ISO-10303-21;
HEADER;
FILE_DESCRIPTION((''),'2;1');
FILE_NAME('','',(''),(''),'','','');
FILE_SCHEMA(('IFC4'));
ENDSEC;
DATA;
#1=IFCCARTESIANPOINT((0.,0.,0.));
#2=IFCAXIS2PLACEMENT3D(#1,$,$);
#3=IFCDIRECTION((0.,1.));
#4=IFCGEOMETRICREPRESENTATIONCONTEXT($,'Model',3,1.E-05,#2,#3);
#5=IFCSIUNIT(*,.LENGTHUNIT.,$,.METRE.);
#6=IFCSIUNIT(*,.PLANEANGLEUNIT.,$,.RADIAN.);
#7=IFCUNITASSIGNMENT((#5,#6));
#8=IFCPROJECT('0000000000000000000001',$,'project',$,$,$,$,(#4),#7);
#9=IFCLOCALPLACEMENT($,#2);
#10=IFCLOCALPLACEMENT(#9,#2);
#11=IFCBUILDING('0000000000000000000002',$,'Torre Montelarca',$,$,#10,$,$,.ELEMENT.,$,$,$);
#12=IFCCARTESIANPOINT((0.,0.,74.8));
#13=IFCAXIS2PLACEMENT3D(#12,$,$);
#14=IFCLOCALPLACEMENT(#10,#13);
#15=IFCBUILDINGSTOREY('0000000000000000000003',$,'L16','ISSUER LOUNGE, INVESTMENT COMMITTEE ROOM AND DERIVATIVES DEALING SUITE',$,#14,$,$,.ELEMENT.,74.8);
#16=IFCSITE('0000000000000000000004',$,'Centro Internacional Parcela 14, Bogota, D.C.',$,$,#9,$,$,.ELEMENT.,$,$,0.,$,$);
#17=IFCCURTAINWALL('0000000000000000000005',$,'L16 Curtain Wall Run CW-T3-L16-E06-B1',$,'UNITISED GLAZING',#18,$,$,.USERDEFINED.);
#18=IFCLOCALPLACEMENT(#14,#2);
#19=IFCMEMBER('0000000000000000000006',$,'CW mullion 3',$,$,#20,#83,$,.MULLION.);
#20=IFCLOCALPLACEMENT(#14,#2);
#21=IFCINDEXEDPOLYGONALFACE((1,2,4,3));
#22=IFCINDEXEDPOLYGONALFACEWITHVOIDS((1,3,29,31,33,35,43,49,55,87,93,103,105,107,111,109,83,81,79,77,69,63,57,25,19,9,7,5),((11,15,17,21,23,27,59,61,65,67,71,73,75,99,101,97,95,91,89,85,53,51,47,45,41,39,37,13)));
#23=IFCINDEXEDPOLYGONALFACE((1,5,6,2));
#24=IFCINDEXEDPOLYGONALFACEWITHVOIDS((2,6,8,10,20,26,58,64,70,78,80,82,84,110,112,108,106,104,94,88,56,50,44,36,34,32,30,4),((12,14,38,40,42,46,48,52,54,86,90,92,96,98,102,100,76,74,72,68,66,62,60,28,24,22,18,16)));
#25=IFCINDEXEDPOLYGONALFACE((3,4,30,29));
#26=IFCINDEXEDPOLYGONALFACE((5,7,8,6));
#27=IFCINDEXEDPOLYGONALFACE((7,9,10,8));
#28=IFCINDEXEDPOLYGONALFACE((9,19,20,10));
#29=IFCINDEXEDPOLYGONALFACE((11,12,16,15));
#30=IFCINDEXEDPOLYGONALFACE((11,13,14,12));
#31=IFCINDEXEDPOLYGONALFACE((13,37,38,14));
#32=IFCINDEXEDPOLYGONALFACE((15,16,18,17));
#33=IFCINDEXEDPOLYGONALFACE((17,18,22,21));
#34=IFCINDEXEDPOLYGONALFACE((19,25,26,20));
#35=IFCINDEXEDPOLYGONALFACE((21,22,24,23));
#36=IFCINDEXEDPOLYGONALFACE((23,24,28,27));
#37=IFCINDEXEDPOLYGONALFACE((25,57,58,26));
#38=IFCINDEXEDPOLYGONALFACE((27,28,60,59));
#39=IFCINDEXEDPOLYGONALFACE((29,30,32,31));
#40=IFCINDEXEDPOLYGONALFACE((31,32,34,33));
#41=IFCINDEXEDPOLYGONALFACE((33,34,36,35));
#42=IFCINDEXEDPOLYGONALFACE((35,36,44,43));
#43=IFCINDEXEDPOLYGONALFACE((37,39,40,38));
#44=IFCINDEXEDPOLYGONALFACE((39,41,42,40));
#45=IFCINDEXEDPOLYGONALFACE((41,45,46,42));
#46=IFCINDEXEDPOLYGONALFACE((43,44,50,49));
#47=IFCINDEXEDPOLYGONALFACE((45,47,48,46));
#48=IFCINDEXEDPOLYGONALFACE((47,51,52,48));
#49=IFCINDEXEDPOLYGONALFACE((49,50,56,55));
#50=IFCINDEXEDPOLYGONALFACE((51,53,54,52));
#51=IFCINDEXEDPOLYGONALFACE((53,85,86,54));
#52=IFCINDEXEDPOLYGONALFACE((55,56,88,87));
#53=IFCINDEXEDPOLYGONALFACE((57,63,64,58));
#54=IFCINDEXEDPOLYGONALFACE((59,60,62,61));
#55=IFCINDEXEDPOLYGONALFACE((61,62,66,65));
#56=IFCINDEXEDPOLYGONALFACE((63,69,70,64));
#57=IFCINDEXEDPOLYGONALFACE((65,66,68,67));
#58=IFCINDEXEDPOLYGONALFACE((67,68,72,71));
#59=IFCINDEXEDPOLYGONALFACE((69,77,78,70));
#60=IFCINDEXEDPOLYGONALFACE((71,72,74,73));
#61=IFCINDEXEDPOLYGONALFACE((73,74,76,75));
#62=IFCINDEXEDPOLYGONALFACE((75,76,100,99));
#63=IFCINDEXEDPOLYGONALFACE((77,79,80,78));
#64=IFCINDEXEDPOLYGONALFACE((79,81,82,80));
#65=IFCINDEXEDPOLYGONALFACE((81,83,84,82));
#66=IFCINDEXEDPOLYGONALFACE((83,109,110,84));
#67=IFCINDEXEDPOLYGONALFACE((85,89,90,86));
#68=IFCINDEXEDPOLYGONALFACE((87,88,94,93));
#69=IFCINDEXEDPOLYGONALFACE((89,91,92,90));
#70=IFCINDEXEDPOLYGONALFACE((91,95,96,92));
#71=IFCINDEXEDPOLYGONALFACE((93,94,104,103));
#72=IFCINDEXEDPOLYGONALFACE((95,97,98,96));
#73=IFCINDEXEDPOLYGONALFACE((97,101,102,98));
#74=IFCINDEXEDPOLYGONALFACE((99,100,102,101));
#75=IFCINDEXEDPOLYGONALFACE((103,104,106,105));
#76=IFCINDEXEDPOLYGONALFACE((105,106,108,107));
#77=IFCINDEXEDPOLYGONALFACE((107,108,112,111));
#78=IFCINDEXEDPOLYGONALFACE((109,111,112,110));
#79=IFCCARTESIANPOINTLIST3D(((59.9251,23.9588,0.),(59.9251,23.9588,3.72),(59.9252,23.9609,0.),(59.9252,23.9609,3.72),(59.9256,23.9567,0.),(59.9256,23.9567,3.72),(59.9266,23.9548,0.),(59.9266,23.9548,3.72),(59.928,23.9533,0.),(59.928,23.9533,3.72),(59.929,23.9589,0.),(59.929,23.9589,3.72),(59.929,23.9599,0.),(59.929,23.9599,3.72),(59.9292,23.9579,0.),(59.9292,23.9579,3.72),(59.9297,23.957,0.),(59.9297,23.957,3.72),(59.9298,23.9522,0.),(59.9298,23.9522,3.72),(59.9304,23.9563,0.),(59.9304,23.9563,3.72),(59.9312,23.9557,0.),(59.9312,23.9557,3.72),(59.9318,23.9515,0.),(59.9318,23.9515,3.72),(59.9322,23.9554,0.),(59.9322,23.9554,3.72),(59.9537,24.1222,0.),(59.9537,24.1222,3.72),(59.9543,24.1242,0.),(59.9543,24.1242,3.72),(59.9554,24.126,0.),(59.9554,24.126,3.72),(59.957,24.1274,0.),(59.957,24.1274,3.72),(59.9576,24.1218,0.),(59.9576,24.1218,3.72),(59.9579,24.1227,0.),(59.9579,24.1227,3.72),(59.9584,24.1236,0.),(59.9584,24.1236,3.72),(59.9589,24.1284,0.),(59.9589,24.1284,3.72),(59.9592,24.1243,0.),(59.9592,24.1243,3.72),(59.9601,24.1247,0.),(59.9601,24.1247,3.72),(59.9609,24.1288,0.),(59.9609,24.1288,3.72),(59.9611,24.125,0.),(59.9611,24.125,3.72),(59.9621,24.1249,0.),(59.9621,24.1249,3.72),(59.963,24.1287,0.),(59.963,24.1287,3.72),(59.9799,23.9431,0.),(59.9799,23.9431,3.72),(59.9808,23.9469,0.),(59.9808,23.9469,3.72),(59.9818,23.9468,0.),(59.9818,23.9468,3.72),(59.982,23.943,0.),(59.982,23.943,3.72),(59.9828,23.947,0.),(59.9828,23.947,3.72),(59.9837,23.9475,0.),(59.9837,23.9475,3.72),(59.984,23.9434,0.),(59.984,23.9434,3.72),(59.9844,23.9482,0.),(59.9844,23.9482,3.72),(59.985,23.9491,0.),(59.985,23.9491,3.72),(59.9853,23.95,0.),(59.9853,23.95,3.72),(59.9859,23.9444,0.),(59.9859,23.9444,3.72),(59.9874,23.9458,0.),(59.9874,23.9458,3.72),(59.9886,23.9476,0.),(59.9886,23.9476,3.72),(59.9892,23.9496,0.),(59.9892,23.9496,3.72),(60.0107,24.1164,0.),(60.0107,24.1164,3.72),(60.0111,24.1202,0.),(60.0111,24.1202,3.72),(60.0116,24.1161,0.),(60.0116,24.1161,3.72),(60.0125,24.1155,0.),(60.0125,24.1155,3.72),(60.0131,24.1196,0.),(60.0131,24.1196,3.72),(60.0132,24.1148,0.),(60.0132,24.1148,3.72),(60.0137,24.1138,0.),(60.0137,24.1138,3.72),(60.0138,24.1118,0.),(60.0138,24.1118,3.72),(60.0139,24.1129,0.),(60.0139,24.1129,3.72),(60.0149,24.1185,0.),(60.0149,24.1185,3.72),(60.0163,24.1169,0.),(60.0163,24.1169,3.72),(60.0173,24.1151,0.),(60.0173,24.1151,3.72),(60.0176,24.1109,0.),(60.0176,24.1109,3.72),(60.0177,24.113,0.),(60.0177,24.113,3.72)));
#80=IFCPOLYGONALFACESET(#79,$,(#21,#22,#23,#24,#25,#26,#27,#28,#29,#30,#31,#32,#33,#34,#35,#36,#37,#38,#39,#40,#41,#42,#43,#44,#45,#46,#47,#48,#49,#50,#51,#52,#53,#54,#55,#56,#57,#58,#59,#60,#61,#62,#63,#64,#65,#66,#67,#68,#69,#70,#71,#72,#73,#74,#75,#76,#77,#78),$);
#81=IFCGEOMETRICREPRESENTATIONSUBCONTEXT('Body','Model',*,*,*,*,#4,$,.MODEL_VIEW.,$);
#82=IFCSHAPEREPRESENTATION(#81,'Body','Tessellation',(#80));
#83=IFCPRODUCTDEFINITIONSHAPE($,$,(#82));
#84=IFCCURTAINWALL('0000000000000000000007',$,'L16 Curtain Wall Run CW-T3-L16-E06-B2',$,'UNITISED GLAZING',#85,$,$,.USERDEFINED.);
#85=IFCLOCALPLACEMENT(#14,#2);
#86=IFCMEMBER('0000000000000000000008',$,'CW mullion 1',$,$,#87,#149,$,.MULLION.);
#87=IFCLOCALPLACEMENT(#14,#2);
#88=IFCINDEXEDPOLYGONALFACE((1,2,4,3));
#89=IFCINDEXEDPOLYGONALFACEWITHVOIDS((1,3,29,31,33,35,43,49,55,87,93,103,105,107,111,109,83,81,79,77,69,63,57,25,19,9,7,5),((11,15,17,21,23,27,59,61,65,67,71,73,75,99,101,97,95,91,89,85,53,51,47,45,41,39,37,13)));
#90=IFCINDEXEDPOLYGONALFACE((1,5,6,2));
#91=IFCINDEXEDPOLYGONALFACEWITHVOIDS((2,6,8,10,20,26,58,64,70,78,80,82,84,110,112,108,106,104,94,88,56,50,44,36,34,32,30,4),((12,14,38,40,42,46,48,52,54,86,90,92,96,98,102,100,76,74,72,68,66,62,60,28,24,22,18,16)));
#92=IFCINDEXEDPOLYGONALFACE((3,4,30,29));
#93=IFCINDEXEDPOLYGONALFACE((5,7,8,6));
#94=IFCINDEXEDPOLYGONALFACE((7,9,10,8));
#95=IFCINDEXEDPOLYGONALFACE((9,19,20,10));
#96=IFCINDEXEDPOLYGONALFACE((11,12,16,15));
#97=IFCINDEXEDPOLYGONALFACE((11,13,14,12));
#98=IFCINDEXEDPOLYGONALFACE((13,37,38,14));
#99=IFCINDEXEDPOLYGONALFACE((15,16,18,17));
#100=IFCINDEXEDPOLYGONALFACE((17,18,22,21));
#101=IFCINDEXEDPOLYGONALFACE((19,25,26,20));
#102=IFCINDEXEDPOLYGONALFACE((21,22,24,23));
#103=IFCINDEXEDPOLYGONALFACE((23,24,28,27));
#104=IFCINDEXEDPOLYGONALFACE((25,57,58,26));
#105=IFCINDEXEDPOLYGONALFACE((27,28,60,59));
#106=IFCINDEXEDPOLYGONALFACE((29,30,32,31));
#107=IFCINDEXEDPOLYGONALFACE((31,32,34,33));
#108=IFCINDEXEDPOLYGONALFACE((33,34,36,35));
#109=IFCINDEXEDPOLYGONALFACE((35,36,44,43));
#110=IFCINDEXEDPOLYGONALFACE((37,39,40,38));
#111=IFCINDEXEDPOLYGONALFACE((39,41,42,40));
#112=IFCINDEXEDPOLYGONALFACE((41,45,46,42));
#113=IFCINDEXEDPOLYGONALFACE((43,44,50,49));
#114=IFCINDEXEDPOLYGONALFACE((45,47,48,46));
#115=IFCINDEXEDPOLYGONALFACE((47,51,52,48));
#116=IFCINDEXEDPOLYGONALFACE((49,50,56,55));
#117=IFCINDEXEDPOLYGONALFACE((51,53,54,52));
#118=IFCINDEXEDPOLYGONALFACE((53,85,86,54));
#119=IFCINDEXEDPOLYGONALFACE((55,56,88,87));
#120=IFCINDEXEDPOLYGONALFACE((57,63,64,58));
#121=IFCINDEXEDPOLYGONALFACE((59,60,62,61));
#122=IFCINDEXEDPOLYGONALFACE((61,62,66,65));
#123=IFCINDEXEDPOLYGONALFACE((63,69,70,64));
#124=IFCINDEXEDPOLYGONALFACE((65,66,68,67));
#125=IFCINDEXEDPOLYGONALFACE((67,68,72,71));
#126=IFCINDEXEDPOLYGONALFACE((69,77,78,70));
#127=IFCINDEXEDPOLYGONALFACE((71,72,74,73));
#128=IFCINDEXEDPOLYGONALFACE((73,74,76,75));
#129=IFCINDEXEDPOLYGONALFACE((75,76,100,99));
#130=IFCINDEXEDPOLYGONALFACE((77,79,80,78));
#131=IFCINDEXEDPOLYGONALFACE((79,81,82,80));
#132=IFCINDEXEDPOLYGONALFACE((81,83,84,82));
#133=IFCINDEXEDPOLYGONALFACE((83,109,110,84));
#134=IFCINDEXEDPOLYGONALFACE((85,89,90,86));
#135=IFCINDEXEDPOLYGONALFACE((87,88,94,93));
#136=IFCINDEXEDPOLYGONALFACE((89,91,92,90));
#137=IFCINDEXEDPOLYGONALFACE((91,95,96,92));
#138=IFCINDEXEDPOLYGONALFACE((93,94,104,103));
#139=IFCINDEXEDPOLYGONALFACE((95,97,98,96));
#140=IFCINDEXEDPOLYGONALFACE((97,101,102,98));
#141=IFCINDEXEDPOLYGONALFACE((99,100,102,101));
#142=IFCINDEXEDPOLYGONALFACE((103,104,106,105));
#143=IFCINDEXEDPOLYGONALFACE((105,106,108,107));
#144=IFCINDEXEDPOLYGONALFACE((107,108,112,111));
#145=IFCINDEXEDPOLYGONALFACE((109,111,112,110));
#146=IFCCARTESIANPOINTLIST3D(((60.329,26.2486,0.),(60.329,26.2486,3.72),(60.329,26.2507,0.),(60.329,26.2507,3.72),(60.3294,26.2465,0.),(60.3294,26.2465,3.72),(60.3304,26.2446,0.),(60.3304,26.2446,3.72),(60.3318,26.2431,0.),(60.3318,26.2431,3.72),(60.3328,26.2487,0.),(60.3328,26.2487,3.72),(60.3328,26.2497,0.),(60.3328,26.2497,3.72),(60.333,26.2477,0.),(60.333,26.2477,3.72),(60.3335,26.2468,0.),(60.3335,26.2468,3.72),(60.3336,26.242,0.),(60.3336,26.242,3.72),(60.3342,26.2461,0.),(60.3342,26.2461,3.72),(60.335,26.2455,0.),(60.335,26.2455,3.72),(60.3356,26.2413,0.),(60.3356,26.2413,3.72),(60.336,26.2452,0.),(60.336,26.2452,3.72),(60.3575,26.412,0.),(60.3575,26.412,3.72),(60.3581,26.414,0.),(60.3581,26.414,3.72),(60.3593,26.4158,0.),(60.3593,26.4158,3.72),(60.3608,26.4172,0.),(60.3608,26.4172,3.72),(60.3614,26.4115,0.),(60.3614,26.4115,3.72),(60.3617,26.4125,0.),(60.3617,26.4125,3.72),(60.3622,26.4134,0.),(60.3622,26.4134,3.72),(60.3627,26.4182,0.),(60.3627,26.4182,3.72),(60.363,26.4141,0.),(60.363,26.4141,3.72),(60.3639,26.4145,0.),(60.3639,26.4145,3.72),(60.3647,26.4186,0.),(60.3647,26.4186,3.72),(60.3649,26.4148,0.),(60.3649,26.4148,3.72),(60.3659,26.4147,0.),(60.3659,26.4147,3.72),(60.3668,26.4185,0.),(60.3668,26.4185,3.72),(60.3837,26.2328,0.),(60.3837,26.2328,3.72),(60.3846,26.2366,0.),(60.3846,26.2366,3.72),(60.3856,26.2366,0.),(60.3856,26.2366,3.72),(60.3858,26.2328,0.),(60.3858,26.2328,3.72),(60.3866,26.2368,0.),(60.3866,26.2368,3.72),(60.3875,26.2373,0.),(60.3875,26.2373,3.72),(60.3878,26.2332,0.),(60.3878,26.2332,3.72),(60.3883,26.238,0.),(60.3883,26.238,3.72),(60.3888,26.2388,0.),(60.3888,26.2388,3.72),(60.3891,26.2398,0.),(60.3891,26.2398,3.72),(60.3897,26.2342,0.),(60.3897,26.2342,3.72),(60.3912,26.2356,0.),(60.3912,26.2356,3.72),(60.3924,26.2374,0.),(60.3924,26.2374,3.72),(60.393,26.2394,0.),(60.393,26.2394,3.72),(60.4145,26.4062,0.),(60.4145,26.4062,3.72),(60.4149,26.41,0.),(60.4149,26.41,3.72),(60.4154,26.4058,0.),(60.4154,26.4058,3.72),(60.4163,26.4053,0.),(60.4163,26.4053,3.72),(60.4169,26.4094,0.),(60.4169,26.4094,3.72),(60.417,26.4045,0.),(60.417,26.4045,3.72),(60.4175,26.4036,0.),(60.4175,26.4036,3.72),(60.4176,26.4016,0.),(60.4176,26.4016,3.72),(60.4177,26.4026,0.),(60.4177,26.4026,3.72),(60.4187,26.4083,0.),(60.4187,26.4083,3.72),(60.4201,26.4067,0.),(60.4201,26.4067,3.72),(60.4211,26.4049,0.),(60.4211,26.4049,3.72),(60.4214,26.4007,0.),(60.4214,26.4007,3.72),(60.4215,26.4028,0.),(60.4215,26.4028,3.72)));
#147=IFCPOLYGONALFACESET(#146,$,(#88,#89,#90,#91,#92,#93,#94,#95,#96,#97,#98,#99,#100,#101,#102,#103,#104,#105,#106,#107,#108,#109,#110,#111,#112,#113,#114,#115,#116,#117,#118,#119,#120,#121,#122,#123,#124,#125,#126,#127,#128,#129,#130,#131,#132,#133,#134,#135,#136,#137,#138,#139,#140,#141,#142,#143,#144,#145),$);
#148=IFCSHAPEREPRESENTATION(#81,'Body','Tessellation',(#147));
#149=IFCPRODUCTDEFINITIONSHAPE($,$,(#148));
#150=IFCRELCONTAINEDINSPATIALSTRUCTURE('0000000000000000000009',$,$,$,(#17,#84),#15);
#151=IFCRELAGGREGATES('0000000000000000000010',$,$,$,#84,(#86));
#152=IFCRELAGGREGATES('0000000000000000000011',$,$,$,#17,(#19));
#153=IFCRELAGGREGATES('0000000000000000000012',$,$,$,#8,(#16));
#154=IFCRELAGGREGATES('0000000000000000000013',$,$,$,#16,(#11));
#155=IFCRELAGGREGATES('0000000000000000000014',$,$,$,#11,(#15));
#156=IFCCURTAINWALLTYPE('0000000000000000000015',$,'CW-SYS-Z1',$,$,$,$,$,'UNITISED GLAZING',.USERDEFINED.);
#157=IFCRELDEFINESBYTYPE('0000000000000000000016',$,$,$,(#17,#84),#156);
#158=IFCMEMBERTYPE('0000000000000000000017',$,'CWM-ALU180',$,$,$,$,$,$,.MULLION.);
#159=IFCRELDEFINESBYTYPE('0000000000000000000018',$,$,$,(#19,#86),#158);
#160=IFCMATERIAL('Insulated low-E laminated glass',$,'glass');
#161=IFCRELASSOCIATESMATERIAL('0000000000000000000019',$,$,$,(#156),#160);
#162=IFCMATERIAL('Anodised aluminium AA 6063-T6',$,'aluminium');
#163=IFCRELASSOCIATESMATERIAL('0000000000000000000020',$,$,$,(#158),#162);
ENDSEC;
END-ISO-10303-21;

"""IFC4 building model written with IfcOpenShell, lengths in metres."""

from ifc_helpers import new_model, si_unit, direction, frame, origin, origin_2d, place, context, subcontext, project, spatial, hollow_rectangle, extrude, source, transform, mapped, material, material_profile, profile_set, type_object, element, aggregate, save


model = new_model("IFC4")

# Units and contexts
model_context = context("Model", 3, precision=1e-05, world=origin(), true_north=direction((0.0, 1.0)))
body_context = subcontext(model_context, "Body", "Model", "MODEL_VIEW")
ifc_project = project(units=[si_unit("LENGTHUNIT", "METRE"), si_unit("PLANEANGLEUNIT", "RADIAN")], contexts=[model_context])

# Site, building, storey
site_placement = place(None, origin())
site = spatial("IfcSite", under=ifc_project, at=site_placement, Name="Centro Internacional Parcela 14, Bogota, D.C.", CompositionType="ELEMENT", RefElevation=0.0)
building_placement = place(site_placement, origin())
building = spatial("IfcBuilding", under=site, at=building_placement, Name="Torre Montelarca", CompositionType="ELEMENT")
storey_placement = place(building_placement, frame((0.0, 0.0, 74.8)))
storey = spatial("IfcBuildingStorey", under=building, at=storey_placement, Name="L16", Description="ISSUER LOUNGE, INVESTMENT COMMITTEE ROOM AND DERIVATIVES DEALING SUITE", CompositionType="ELEMENT", Elevation=74.8)

# Shared definitions
ifc_material_1 = material(Name="Insulated low-E laminated glass", Category="glass")
curtain_wall_type = type_object("IfcCurtainWallType", Name="CW-SYS-Z1", ElementType="UNITISED GLAZING", PredefinedType="USERDEFINED", material=ifc_material_1)
ifc_material_2 = material(Name="Anodised aluminium AA 6063-T6", Category="aluminium")
ifc_material_profile_1 = material_profile(ifc_material_2, hollow_rectangle(XDim=0.0649, YDim=0.1799, WallThickness=0.0039, InnerFilletRadius=0.0039, OuterFilletRadius=0.0081, at=origin_2d()), Name="ALU65X180X4", Category="aluminium")
ifc_profile_set_1 = profile_set([ifc_material_profile_1], Name="Anodised aluminium AA 6063-T6")
member_type_1 = type_object("IfcMemberType", Name="CWM-ALU180", PredefinedType="MULLION", material=ifc_profile_set_1)
shared_shape_1 = source(origin(), body_context, "Body", "SweptSolid", [
    extrude(hollow_rectangle(XDim=0.0649, YDim=0.1799, WallThickness=0.0039, InnerFilletRadius=0.0039, OuterFilletRadius=0.0081, at=origin_2d()), origin(), (0.0, 0.0, 1.0), 3.72),
])

# Curtain wall, member
curtain_wall_1_placement = place(storey_placement, origin())
curtain_wall_1 = element("IfcCurtainWall", 1, at=curtain_wall_1_placement, inside=storey, type_object=curtain_wall_type, Name="L16 Curtain Wall Run CW-T3-L16-E06-B1", ObjectType="UNITISED GLAZING", PredefinedType="USERDEFINED")
member_1_placement = place(storey_placement, frame((59.9714, 24.0359, 0.0), z_axis=(0.0, 0.0, 1.0), x_axis=(-0.984808, 0.173646, 0.0)))
member_1 = element("IfcMember", 2, at=member_1_placement, type_object=member_type_1, Name="CW mullion 3", PredefinedType="MULLION", context=body_context, shape_type="MappedRepresentation", body=[
    mapped(shared_shape_1, transform((0.0, 0.0, 0.0), scale=1.0)),
])

# Curtain wall, member
curtain_wall_2_placement = place(storey_placement, origin())
curtain_wall_2 = element("IfcCurtainWall", 3, at=curtain_wall_2_placement, inside=storey, type_object=curtain_wall_type, Name="L16 Curtain Wall Run CW-T3-L16-E06-B2", ObjectType="UNITISED GLAZING", PredefinedType="USERDEFINED")
member_2_placement = place(storey_placement, frame((60.3752, 26.3257, 0.0), z_axis=(0.0, 0.0, 1.0), x_axis=(-0.984809, 0.173643, 0.0)))
member_2 = element("IfcMember", 4, at=member_2_placement, type_object=member_type_1, Name="CW mullion 1", PredefinedType="MULLION", context=body_context, shape_type="MappedRepresentation", body=[
    mapped(shared_shape_1, transform((0.0, 0.0, 0.0), scale=1.0)),
])

aggregate(curtain_wall_2, [member_2])

aggregate(curtain_wall_1, [member_1])

save(model, "model.ifc")
